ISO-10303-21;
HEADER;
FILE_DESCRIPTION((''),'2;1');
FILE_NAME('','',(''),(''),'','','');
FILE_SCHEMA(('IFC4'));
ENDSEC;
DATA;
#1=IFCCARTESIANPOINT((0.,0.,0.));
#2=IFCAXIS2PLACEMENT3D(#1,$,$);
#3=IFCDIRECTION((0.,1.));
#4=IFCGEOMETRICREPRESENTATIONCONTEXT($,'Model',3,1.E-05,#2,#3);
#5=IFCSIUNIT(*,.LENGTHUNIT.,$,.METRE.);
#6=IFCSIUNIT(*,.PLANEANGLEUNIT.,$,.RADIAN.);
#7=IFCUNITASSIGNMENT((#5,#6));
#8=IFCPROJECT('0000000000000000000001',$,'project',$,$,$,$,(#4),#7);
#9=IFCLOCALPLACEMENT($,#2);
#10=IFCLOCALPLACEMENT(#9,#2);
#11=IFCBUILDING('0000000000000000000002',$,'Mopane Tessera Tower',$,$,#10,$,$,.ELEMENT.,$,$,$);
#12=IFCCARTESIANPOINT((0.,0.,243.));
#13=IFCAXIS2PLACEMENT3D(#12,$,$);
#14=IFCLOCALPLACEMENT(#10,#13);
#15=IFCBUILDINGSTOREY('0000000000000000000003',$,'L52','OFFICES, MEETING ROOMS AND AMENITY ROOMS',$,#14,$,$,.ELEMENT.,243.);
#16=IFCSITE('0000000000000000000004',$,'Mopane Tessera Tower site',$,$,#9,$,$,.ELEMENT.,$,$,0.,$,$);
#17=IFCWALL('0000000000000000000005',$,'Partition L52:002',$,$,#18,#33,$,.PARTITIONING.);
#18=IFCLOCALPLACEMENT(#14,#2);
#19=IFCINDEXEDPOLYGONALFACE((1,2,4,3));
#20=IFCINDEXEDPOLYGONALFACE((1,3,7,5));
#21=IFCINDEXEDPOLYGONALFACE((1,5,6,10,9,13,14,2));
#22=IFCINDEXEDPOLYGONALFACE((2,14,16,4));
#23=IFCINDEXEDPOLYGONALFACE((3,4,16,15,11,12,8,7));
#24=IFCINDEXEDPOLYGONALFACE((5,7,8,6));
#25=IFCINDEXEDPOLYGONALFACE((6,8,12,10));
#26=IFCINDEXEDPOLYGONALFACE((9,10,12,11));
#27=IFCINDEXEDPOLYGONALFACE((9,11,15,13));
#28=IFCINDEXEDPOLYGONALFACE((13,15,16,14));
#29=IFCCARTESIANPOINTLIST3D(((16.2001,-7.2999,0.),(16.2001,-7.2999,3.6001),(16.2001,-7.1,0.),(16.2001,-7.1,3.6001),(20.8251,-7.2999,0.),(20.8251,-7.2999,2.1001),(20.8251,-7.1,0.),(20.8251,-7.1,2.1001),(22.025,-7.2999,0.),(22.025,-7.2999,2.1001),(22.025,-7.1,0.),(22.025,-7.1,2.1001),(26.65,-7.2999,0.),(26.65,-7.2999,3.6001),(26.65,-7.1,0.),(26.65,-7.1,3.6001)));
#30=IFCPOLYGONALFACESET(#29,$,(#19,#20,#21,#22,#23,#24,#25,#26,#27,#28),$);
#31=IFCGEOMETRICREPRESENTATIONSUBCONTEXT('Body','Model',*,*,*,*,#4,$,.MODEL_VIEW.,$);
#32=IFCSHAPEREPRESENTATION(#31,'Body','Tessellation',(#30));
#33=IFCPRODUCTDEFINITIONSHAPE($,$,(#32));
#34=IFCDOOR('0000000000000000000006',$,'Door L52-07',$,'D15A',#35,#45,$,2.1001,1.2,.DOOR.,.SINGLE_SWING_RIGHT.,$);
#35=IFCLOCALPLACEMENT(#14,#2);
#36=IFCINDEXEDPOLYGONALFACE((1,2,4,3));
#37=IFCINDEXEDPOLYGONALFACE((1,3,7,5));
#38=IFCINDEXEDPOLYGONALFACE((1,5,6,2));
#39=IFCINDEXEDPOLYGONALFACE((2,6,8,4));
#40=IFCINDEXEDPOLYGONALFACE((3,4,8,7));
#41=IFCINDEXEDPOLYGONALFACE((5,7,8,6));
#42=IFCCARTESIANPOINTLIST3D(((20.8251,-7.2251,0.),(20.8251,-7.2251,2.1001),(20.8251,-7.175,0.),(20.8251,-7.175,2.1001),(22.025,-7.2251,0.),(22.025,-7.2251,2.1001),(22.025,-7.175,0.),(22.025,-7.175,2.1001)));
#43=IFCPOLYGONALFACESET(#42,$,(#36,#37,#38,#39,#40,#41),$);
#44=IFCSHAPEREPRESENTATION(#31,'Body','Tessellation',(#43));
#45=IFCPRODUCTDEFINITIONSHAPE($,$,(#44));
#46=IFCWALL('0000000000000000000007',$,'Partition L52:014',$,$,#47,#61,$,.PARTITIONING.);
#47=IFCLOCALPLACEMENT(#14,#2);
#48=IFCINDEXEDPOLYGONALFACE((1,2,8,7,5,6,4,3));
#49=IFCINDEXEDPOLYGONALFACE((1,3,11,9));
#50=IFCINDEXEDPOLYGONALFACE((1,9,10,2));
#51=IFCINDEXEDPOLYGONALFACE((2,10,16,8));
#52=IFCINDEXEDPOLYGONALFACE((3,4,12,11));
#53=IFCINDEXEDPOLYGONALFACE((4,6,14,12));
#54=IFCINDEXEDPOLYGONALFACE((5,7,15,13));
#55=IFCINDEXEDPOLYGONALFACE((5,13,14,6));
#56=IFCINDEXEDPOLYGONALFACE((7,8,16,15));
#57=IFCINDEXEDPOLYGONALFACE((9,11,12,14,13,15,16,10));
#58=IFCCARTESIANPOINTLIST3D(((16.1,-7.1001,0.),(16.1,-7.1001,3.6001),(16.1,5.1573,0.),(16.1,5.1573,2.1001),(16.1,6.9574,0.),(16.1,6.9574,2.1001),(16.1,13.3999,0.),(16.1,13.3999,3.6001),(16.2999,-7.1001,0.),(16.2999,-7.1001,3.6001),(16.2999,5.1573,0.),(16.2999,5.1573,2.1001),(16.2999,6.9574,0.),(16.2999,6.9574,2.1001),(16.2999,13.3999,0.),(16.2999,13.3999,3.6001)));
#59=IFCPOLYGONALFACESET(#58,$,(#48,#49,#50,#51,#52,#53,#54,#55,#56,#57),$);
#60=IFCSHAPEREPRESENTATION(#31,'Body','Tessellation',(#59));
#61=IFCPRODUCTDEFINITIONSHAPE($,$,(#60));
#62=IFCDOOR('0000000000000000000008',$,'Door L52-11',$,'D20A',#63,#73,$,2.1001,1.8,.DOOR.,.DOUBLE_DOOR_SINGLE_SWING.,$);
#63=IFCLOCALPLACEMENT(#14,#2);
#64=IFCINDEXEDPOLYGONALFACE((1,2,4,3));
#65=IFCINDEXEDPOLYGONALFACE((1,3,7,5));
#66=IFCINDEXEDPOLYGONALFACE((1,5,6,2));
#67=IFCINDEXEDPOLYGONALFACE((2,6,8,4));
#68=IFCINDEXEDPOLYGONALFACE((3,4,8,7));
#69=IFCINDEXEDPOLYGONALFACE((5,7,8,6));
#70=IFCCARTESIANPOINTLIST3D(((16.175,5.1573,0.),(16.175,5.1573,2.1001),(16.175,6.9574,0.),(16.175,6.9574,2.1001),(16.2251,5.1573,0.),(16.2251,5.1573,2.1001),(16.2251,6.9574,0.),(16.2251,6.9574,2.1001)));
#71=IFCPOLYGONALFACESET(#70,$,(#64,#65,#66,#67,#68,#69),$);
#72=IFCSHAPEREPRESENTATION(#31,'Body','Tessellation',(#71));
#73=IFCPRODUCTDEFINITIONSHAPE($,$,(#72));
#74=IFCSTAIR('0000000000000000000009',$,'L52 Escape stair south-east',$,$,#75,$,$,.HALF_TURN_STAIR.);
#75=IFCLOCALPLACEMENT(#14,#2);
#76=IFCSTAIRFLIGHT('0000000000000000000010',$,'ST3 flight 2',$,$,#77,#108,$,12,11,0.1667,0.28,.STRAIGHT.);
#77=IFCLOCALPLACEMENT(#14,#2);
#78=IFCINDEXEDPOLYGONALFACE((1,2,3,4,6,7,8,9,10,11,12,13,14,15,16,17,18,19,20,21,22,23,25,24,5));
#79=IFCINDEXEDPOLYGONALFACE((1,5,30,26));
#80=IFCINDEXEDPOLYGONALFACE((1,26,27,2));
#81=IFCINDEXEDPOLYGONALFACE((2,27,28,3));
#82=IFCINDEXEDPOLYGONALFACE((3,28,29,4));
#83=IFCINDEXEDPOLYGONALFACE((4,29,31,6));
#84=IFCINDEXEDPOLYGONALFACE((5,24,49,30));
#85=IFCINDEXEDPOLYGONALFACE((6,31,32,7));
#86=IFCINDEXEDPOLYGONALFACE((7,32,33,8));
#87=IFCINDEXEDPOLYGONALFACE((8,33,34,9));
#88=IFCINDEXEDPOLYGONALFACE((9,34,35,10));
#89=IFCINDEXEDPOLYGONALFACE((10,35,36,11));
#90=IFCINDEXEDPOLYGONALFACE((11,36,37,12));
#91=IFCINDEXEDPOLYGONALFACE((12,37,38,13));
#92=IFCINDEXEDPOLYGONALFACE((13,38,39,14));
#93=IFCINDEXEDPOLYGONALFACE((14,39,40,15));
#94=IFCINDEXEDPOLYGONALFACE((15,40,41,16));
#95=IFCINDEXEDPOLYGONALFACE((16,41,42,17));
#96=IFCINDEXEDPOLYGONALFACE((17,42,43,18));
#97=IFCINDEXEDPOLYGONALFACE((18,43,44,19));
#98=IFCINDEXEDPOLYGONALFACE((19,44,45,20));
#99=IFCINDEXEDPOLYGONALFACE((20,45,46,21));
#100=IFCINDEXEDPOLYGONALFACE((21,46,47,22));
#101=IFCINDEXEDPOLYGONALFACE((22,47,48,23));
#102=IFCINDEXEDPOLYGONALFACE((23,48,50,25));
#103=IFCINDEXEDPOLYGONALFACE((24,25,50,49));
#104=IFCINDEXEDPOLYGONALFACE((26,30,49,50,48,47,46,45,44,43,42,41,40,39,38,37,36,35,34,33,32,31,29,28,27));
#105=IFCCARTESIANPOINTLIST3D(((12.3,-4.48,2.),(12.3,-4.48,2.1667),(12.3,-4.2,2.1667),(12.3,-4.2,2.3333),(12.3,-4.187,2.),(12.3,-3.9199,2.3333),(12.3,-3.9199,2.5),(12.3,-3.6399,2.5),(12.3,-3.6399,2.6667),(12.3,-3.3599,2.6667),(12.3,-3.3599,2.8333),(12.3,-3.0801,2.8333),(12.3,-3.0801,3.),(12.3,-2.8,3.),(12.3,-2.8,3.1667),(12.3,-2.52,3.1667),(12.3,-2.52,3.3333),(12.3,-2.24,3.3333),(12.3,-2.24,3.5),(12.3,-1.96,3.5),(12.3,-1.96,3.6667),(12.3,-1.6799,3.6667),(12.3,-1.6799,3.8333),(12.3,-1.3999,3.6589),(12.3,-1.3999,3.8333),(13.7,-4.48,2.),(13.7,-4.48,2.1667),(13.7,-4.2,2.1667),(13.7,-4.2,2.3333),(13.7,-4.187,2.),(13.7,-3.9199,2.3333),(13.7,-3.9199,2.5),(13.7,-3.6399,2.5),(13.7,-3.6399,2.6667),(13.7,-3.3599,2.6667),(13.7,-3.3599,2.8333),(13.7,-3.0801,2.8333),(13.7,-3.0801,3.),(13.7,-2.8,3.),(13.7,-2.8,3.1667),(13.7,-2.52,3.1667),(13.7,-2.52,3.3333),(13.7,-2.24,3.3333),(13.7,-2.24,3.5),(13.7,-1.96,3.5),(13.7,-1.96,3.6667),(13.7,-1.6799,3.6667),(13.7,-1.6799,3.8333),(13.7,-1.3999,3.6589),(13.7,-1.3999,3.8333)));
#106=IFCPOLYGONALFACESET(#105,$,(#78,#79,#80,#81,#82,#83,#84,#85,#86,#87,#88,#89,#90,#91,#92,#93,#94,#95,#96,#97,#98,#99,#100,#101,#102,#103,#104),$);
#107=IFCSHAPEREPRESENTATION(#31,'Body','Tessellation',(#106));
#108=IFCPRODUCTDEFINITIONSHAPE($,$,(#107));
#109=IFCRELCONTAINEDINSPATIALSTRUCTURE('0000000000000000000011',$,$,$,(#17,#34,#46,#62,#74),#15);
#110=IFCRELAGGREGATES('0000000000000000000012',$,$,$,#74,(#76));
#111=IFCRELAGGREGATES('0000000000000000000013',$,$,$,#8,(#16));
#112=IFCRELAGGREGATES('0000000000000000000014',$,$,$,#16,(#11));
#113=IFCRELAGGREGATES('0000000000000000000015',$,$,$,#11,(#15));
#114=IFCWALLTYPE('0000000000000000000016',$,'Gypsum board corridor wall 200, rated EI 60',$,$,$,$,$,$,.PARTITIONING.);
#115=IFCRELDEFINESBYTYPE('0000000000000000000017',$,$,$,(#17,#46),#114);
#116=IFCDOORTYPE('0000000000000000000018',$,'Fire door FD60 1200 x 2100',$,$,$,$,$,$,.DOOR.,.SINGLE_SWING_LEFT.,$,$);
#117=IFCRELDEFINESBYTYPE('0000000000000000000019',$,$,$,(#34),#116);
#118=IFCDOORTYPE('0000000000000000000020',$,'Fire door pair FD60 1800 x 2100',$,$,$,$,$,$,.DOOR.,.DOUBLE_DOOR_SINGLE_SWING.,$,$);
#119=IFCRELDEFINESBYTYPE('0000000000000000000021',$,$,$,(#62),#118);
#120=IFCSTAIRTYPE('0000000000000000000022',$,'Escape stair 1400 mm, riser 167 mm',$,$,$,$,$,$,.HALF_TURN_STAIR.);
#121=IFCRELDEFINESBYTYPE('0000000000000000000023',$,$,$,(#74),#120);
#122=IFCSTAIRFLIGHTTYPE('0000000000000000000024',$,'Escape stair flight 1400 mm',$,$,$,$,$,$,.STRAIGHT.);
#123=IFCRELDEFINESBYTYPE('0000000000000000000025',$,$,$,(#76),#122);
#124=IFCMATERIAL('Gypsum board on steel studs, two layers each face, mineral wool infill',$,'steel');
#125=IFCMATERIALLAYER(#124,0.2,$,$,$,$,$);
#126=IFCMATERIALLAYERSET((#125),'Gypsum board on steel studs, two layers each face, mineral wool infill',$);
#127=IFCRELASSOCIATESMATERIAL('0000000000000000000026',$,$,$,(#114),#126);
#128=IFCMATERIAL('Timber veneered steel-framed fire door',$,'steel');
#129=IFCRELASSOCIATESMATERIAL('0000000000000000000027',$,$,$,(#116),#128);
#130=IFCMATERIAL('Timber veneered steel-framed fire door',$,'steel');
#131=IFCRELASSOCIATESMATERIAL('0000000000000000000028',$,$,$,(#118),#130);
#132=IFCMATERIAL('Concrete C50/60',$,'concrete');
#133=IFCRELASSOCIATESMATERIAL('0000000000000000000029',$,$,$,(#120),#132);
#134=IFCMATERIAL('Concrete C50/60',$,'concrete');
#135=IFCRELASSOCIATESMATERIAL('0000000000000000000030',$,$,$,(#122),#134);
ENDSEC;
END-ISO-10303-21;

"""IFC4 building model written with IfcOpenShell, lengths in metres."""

from ifc_helpers import new_model, si_unit, direction, frame, frame_2d, origin, place, context, subcontext, project, spatial, polyline, rectangle, outline, extrude, material, layer, layer_set, type_object, element, fill, aggregate, save


model = new_model("IFC4")

# Units and contexts
model_context = context("Model", 3, precision=1e-05, world=origin(), true_north=direction((0.0, 1.0)))
body_context = subcontext(model_context, "Body", "Model", "MODEL_VIEW")
ifc_project = project(units=[si_unit("LENGTHUNIT", "METRE"), si_unit("PLANEANGLEUNIT", "RADIAN")], contexts=[model_context])

# Site, building, storey
site_placement = place(None, origin())
site = spatial("IfcSite", under=ifc_project, at=site_placement, Name="Mopane Tessera Tower site", CompositionType="ELEMENT", RefElevation=0.0)
building_placement = place(site_placement, origin())
building = spatial("IfcBuilding", under=site, at=building_placement, Name="Mopane Tessera Tower", CompositionType="ELEMENT")
storey_placement = place(building_placement, frame((0.0, 0.0, 243.0)))
storey = spatial("IfcBuildingStorey", under=building, at=storey_placement, Name="L52", Description="OFFICES, MEETING ROOMS AND AMENITY ROOMS", CompositionType="ELEMENT", Elevation=243.0)

# Walls, openings, doors
ifc_material_1 = material(Name="Gypsum board on steel studs, two layers each face, mineral wool infill", Category="steel")
ifc_layer_1 = layer(ifc_material_1, 0.2)
ifc_layer_set_1 = layer_set([ifc_layer_1], Name="Gypsum board on steel studs, two layers each face, mineral wool infill")
wall_type_1 = type_object("IfcWallType", Name="Gypsum board corridor wall 200, rated EI 60", PredefinedType="PARTITIONING", material=ifc_layer_set_1)
wall_1_placement = place(storey_placement, frame((16.2, -7.2, 0.0), z_axis=(0.0, 0.0, 1.0), x_axis=(1.0, 0.0, 0.0)))
wall_1 = element("IfcWall", 1, at=wall_1_placement, inside=storey, type_object=wall_type_1, Name="Partition L52:002", PredefinedType="PARTITIONING", context=body_context, shape_type="SweptSolid", body=[
    extrude(rectangle(XDim=10.45, YDim=0.2, at=frame_2d((5.2251, 0.0))), origin(), (0.0, 0.0, 1.0), 3.6001),
])
opening_1_placement = place(wall_1_placement, frame((4.625, 0.0, 0.0)))
opening_1 = element("IfcOpeningElement", 2, at=opening_1_placement, cuts=wall_1, PredefinedType="OPENING", context=body_context, shape_type="SweptSolid", body=[
    extrude(rectangle(XDim=1.2, YDim=2.1001, at=frame_2d((0.6001, 1.05))), frame((0.0, 0.1121, 0.0), z_axis=(0.0, -1.0, 0.0), x_axis=(1.0, 0.0, 0.0)), (0.0, 0.0, 1.0), 0.2239),
])
ifc_material_2 = material(Name="Timber veneered steel-framed fire door", Category="steel")
door_type_1 = type_object("IfcDoorType", Name="Fire door FD60 1200 x 2100", OperationType="SINGLE_SWING_LEFT", PredefinedType="DOOR", material=ifc_material_2)
door_1_placement = place(opening_1_placement, origin())
door_1 = element("IfcDoor", 3, at=door_1_placement, inside=storey, type_object=door_type_1, Name="Door L52-07", ObjectType="D15A", OperationType="SINGLE_SWING_RIGHT", OverallHeight=2.1001, OverallWidth=1.2, PredefinedType="DOOR", context=body_context, shape_type="SweptSolid", body=[
    extrude(rectangle(XDim=1.2, YDim=2.1001, at=frame_2d((0.6001, 1.05))), frame((0.0, 0.0249, 0.0), z_axis=(0.0, -1.0, 0.0), x_axis=(1.0, 0.0, 0.0)), (0.0, 0.0, 1.0), 0.05),
])
fill(opening_1, door_1)
wall_2_placement = place(storey_placement, frame((16.2, -7.1001, 0.0), z_axis=(0.0, 0.0, 1.0), x_axis=(0.0, 1.0, 0.0)))
wall_2 = element("IfcWall", 4, at=wall_2_placement, inside=storey, type_object=wall_type_1, Name="Partition L52:014", PredefinedType="PARTITIONING", context=body_context, shape_type="SweptSolid", body=[
    extrude(rectangle(XDim=20.5, YDim=0.2, at=frame_2d((10.25, 0.0))), origin(), (0.0, 0.0, 1.0), 3.6001),
])
opening_2_placement = place(wall_2_placement, frame((12.2576, 0.0, 0.0)))
opening_2 = element("IfcOpeningElement", 5, at=opening_2_placement, cuts=wall_2, PredefinedType="OPENING", context=body_context, shape_type="SweptSolid", body=[
    extrude(rectangle(XDim=1.8, YDim=2.1001, at=frame_2d((0.8999, 1.05))), frame((0.0, 0.1121, 0.0), z_axis=(0.0, -1.0, 0.0), x_axis=(1.0, 0.0, 0.0)), (0.0, 0.0, 1.0), 0.2239),
])
ifc_material_3 = material(Name="Timber veneered steel-framed fire door", Category="steel")
door_type_2 = type_object("IfcDoorType", Name="Fire door pair FD60 1800 x 2100", OperationType="DOUBLE_DOOR_SINGLE_SWING", PredefinedType="DOOR", material=ifc_material_3)
door_2_placement = place(opening_2_placement, origin())
door_2 = element("IfcDoor", 6, at=door_2_placement, inside=storey, type_object=door_type_2, Name="Door L52-11", ObjectType="D20A", OperationType="DOUBLE_DOOR_SINGLE_SWING", OverallHeight=2.1001, OverallWidth=1.8, PredefinedType="DOOR", context=body_context, shape_type="SweptSolid", body=[
    extrude(rectangle(XDim=1.8, YDim=2.1001, at=frame_2d((0.8999, 1.05))), frame((0.0, 0.0249, 0.0), z_axis=(0.0, -1.0, 0.0), x_axis=(1.0, 0.0, 0.0)), (0.0, 0.0, 1.0), 0.05),
])
fill(opening_2, door_2)

# Stair, stair flight
ifc_material_4 = material(Name="Concrete C50/60", Category="concrete")
stair_type = type_object("IfcStairType", Name="Escape stair 1400 mm, riser 167 mm", PredefinedType="HALF_TURN_STAIR", material=ifc_material_4)
stair_placement = place(storey_placement, origin())
stair = element("IfcStair", 7, at=stair_placement, inside=storey, type_object=stair_type, Name="L52 Escape stair south-east", PredefinedType="HALF_TURN_STAIR")
ifc_material_5 = material(Name="Concrete C50/60", Category="concrete")
stair_flight_type = type_object("IfcStairFlightType", Name="Escape stair flight 1400 mm", PredefinedType="STRAIGHT", material=ifc_material_5)
stair_flight_placement = place(storey_placement, frame((13.0, -4.48, 2.0), z_axis=(0.0, 0.0, 1.0), x_axis=(0.0, 1.0, 0.0)))
stair_flight = element("IfcStairFlight", 8, at=stair_flight_placement, type_object=stair_flight_type, Name="ST3 flight 2", NumberOfRisers=12, NumberOfTreads=11, PredefinedType="STRAIGHT", RiserHeight=0.1667, TreadLength=0.28, context=body_context, shape_type="SweptSolid", body=[
    extrude(outline(polyline([(0.0, 0.0), (0.0, 0.1667), (0.28, 0.1667), (0.28, 0.3333), (0.5601, 0.3333), (0.5601, 0.5), (0.8401, 0.5), (0.8401, 0.6667), (1.1201, 0.6667), (1.1201, 0.8333), (1.3999, 0.8333), (1.3999, 1.0), (1.6799, 1.0), (1.6799, 1.1667), (1.96, 1.1667), (1.96, 1.3333), (2.24, 1.3333), (2.24, 1.5), (2.52, 1.5), (2.52, 1.6667), (2.8, 1.6667), (2.8, 1.8333), (3.0801, 1.8333), (3.0801, 2.0), (3.0801, 1.6589), (0.293, 0.0), (0.0, 0.0)])), frame((0.0, 0.7, 0.0), z_axis=(0.0, -1.0, 0.0), x_axis=(1.0, 0.0, 0.0)), (0.0, 0.0, 1.0), 1.3999),
])
aggregate(stair, [stair_flight])

save(model, "model.ifc")
